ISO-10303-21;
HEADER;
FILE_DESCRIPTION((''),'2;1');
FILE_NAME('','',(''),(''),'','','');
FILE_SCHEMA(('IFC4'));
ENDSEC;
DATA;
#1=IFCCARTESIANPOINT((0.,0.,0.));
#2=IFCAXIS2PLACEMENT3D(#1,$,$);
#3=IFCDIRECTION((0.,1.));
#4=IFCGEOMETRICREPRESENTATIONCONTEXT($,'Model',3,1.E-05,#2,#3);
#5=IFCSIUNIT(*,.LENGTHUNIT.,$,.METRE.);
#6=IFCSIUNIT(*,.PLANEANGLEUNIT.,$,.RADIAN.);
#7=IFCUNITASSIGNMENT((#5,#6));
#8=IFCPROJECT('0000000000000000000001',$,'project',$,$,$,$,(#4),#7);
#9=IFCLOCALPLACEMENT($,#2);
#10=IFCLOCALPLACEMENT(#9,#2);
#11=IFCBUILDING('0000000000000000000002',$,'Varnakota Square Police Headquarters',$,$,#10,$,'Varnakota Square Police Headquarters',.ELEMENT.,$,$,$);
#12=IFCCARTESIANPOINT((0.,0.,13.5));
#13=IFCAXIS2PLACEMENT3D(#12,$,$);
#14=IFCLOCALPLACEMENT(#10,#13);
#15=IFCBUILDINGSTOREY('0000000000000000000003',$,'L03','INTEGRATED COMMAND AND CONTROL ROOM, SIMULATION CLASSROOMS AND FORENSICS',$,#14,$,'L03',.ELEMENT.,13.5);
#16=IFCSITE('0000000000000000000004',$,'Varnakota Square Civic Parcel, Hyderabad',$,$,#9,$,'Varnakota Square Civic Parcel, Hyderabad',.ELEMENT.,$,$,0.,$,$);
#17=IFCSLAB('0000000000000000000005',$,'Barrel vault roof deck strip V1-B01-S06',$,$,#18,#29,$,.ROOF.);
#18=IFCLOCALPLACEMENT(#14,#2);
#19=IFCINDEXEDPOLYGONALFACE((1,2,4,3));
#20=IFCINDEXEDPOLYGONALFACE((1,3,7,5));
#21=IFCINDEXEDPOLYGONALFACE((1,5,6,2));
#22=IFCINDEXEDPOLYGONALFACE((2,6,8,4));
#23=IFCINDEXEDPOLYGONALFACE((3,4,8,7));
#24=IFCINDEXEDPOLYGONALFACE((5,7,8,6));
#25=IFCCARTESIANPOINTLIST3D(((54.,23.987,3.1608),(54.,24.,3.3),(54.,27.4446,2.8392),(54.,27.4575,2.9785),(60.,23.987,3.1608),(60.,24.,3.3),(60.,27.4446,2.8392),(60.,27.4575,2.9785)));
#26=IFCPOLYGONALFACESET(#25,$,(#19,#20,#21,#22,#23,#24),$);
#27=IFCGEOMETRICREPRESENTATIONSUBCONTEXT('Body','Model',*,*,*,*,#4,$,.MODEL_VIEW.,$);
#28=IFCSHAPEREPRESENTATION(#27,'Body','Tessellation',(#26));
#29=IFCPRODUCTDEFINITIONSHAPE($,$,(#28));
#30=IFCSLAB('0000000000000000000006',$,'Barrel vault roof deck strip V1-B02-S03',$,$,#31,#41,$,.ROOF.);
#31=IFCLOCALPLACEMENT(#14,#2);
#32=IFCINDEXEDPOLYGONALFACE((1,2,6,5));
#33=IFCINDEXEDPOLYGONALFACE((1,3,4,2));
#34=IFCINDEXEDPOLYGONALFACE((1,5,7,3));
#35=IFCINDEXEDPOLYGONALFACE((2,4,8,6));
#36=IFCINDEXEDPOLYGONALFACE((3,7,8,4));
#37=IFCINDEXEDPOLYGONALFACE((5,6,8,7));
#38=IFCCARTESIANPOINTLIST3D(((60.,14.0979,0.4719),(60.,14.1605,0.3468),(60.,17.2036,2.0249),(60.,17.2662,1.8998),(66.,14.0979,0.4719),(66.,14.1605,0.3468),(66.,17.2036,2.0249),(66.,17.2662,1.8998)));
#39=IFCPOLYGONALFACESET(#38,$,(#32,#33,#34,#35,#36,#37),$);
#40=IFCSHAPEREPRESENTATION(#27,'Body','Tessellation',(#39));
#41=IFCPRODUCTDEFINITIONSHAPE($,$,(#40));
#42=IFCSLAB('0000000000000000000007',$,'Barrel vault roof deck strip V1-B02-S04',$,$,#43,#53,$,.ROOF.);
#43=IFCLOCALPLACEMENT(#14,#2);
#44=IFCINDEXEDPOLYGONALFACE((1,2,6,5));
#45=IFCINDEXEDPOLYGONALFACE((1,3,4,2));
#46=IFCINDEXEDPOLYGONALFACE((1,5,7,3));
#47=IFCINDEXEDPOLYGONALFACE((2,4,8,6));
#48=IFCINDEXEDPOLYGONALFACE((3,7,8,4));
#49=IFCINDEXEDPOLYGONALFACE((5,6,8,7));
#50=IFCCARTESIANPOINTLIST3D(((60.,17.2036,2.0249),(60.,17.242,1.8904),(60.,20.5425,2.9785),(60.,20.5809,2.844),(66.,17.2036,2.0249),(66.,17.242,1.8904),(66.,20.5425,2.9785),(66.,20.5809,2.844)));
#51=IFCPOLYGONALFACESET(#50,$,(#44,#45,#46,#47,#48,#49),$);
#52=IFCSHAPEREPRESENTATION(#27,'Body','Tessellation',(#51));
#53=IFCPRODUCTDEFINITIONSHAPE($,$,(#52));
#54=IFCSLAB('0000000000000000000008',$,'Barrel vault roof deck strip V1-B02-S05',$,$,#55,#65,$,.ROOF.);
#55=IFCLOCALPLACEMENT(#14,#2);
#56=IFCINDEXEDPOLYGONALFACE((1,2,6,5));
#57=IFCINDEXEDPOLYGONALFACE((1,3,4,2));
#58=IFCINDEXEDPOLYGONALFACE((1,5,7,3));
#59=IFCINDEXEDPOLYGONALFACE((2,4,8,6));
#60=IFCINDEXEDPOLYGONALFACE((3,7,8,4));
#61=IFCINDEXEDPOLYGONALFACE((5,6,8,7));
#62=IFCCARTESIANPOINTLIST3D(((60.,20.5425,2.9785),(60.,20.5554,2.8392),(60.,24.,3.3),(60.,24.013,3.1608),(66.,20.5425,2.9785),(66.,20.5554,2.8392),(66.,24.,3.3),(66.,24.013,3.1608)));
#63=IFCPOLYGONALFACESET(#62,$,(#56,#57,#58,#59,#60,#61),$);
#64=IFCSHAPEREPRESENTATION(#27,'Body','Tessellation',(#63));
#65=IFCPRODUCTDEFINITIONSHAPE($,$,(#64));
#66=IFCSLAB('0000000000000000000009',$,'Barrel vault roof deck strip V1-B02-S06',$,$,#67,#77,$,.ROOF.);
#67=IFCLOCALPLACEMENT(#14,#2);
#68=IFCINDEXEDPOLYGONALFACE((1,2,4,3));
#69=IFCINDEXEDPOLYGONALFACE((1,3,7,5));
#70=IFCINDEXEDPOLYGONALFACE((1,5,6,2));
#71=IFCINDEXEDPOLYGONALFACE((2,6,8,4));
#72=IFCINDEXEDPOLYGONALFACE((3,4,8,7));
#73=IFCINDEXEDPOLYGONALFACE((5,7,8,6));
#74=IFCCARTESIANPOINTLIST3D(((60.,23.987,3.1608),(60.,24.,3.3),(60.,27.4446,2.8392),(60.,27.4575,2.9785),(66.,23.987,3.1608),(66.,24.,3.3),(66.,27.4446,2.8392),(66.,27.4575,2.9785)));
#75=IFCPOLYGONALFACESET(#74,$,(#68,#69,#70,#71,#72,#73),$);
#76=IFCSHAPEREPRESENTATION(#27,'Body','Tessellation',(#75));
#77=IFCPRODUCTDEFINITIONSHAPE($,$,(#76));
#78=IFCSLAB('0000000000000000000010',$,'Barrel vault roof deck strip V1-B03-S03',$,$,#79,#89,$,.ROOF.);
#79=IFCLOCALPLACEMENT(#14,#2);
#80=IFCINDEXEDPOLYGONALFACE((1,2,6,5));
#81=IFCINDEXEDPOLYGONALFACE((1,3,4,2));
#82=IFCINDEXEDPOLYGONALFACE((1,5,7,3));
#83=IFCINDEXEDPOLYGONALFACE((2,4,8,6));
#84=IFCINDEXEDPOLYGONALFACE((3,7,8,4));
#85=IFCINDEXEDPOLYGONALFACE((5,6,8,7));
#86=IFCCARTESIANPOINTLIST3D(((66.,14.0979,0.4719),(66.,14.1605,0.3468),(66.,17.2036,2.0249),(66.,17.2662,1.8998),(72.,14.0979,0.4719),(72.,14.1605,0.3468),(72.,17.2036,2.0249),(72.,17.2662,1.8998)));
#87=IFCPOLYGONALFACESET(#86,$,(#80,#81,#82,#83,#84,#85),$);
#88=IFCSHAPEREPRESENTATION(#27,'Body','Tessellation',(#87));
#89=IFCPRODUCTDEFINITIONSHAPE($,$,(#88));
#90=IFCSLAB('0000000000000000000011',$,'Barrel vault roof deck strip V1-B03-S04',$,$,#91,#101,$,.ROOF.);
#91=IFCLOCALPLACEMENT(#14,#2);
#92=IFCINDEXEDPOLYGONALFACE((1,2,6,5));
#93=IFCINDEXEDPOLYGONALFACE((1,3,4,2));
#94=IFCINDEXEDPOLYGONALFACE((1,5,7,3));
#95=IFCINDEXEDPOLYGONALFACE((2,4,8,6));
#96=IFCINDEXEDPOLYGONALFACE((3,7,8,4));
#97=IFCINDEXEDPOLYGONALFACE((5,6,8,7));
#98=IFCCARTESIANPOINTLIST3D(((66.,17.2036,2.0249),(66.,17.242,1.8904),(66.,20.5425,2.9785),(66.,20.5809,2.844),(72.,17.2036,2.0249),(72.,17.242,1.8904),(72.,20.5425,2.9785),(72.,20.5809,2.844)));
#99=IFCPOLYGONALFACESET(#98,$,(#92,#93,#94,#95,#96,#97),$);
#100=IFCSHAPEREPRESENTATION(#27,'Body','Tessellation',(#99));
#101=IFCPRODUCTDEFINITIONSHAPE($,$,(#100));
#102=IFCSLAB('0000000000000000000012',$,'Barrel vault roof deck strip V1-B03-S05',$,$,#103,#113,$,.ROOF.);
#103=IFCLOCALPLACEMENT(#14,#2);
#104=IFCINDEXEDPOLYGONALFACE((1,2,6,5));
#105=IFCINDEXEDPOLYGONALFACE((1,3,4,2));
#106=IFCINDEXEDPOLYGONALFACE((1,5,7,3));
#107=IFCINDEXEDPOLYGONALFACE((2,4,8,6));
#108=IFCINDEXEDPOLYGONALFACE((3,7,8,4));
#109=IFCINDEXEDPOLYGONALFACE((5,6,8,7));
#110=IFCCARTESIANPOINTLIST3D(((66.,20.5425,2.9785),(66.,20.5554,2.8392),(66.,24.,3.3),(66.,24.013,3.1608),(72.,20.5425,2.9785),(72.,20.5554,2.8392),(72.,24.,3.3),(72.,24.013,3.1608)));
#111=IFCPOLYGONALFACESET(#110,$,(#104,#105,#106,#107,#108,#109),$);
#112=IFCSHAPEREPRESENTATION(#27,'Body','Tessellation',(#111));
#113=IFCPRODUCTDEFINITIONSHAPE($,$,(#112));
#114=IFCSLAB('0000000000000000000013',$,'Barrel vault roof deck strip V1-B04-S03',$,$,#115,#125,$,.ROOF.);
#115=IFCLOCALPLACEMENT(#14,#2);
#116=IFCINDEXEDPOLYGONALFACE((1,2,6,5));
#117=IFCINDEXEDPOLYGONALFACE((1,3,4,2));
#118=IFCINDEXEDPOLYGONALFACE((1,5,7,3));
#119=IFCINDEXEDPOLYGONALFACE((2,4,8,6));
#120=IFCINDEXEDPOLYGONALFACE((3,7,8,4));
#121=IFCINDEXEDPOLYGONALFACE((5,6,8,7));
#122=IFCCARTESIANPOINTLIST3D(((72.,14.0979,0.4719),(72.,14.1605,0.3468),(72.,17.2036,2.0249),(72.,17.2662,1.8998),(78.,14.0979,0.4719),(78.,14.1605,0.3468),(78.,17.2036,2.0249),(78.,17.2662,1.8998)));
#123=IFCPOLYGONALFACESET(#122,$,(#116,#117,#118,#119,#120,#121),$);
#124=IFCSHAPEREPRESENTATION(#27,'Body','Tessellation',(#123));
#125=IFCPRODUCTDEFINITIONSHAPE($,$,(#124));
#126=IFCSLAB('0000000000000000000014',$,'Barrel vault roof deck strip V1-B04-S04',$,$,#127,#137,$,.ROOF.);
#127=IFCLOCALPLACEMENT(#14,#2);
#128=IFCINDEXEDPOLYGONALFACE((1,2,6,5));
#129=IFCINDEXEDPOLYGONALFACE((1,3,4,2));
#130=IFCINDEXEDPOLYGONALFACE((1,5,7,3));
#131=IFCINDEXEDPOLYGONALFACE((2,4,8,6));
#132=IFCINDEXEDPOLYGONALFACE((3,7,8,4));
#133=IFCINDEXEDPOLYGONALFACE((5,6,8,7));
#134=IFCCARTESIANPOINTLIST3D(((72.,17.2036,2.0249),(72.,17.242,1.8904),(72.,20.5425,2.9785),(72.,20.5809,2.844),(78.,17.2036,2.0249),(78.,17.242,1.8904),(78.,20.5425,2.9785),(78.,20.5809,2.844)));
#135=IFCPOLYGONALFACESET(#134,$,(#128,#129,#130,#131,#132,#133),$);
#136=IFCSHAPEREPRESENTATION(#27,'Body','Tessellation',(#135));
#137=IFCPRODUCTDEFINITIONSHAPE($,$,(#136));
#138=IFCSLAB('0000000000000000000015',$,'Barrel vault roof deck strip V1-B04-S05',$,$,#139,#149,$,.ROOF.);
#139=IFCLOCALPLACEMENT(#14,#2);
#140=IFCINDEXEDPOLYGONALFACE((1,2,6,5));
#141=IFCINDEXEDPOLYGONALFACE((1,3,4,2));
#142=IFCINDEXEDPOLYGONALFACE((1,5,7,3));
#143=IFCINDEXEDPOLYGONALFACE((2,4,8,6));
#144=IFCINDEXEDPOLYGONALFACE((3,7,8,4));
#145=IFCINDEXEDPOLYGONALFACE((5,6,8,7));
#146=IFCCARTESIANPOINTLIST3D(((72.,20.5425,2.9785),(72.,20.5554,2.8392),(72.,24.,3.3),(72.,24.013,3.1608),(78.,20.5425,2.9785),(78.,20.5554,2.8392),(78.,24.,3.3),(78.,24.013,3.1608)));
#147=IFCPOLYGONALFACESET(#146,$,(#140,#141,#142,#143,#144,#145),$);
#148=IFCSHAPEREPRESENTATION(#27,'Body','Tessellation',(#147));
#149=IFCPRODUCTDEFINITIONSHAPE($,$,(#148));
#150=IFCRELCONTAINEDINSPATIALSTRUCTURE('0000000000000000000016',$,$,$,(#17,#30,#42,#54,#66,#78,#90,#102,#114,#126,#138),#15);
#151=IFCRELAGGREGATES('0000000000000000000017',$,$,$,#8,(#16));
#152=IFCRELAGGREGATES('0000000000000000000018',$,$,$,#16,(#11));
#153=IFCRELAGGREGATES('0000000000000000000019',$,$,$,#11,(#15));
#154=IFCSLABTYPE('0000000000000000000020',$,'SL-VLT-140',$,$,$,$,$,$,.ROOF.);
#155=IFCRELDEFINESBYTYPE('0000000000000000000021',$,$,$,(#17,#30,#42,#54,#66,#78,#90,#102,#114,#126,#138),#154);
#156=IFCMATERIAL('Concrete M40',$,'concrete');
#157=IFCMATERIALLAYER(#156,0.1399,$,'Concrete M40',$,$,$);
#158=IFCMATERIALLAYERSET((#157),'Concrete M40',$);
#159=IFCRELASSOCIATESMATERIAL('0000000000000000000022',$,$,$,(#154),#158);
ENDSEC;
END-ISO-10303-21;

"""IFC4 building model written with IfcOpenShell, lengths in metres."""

from ifc_helpers import new_model, si_unit, direction, frame, origin, place, context, subcontext, project, spatial, polyline, outline, extrude, material, layer, layer_set, type_object, element, save


model = new_model("IFC4")

# Units and contexts
model_context = context("Model", 3, precision=1e-05, world=origin(), true_north=direction((0.0, 1.0)))
body_context = subcontext(model_context, "Body", "Model", "MODEL_VIEW")
ifc_project = project(units=[si_unit("LENGTHUNIT", "METRE"), si_unit("PLANEANGLEUNIT", "RADIAN")], contexts=[model_context])

# Site, building, storey
site_placement = place(None, origin())
site = spatial("IfcSite", under=ifc_project, at=site_placement, Name="Varnakota Square Civic Parcel, Hyderabad", LongName="Varnakota Square Civic Parcel, Hyderabad", CompositionType="ELEMENT", RefElevation=0.0)
building_placement = place(site_placement, origin())
building = spatial("IfcBuilding", under=site, at=building_placement, Name="Varnakota Square Police Headquarters", LongName="Varnakota Square Police Headquarters", CompositionType="ELEMENT")
storey_placement = place(building_placement, frame((0.0, 0.0, 13.5)))
storey = spatial("IfcBuildingStorey", under=building, at=storey_placement, Name="L03", Description="INTEGRATED COMMAND AND CONTROL ROOM, SIMULATION CLASSROOMS AND FORENSICS", LongName="L03", CompositionType="ELEMENT", Elevation=13.5)

# Slabs
ifc_material_1 = material(Name="Concrete M40", Category="concrete")
ifc_layer = layer(ifc_material_1, 0.1399, Name="Concrete M40")
ifc_layer_set = layer_set([ifc_layer], Name="Concrete M40")
slab_type = type_object("IfcSlabType", Name="SL-VLT-140", PredefinedType="ROOF", material=ifc_layer_set)
slab_1_placement = place(storey_placement, frame((54.0, 24.0, 3.3), z_axis=(0.0, 0.092596, 0.995704), x_axis=(1.0, 0.0, 0.0)))
element("IfcSlab", 1, at=slab_1_placement, inside=storey, type_object=slab_type, Name="Barrel vault roof deck strip V1-B01-S06", PredefinedType="ROOF", context=body_context, shape_type="SweptSolid", body=[
    extrude(outline(polyline([(0.0, 0.0), (6.0, 0.0), (6.0, 3.4724), (0.0, 3.4724), (0.0, 0.0)])), origin(), (0.0, 0.0, -1.0), 0.1399),
])
slab_2_placement = place(storey_placement, frame((60.0, 14.0979, 0.4719), z_axis=(0.0, -0.447242, 0.894413), x_axis=(1.0, 0.0, 0.0)))
element("IfcSlab", 2, at=slab_2_placement, inside=storey, type_object=slab_type, Name="Barrel vault roof deck strip V1-B02-S03", PredefinedType="ROOF", context=body_context, shape_type="SweptSolid", body=[
    extrude(outline(polyline([(0.0, 0.0), (6.0, 0.0), (6.0, 3.4723), (0.0, 3.4723), (0.0, 0.0)])), origin(), (0.0, 0.0, -1.0), 0.1399),
])
slab_3_placement = place(storey_placement, frame((60.0, 17.2036, 2.0249), z_axis=(0.0, -0.274628, 0.96155), x_axis=(1.0, 0.0, 0.0)))
element("IfcSlab", 3, at=slab_3_placement, inside=storey, type_object=slab_type, Name="Barrel vault roof deck strip V1-B02-S04", PredefinedType="ROOF", context=body_context, shape_type="SweptSolid", body=[
    extrude(outline(polyline([(0.0, 0.0), (6.0, 0.0), (6.0, 3.4724), (0.0, 3.4724), (0.0, 0.0)])), origin(), (0.0, 0.0, -1.0), 0.1399),
])
for number, where, z_axis, x_axis, name in (
    (4, (60.0, 20.5425, 2.9785), (0.0, -0.092596, 0.995704), (1.0, 0.0, 0.0), "Barrel vault roof deck strip V1-B02-S05"),
    (5, (60.0, 24.0, 3.3), (0.0, 0.092596, 0.995704), (1.0, 0.0, 0.0), "Barrel vault roof deck strip V1-B02-S06"),
):
    element("IfcSlab", number, at=place(storey_placement, frame(where, z_axis=z_axis, x_axis=x_axis)), inside=storey, type_object=slab_type, Name=name, PredefinedType="ROOF", context=body_context, shape_type="SweptSolid", body=[
        extrude(outline(polyline([(0.0, 0.0), (6.0, 0.0), (6.0, 3.4724), (0.0, 3.4724), (0.0, 0.0)])), origin(), (0.0, 0.0, -1.0), 0.1399),
    ])
slab_4_placement = place(storey_placement, frame((66.0, 14.0979, 0.4719), z_axis=(0.0, -0.447242, 0.894413), x_axis=(1.0, 0.0, 0.0)))
element("IfcSlab", 6, at=slab_4_placement, inside=storey, type_object=slab_type, Name="Barrel vault roof deck strip V1-B03-S03", PredefinedType="ROOF", context=body_context, shape_type="SweptSolid", body=[
    extrude(outline(polyline([(0.0, 0.0), (6.0, 0.0), (6.0, 3.4723), (0.0, 3.4723), (0.0, 0.0)])), origin(), (0.0, 0.0, -1.0), 0.1399),
])
slab_5_placement = place(storey_placement, frame((66.0, 17.2036, 2.0249), z_axis=(0.0, -0.274628, 0.96155), x_axis=(1.0, 0.0, 0.0)))
element("IfcSlab", 7, at=slab_5_placement, inside=storey, type_object=slab_type, Name="Barrel vault roof deck strip V1-B03-S04", PredefinedType="ROOF", context=body_context, shape_type="SweptSolid", body=[
    extrude(outline(polyline([(0.0, 0.0), (6.0, 0.0), (6.0, 3.4724), (0.0, 3.4724), (0.0, 0.0)])), origin(), (0.0, 0.0, -1.0), 0.1399),
])
slab_6_placement = place(storey_placement, frame((66.0, 20.5425, 2.9785), z_axis=(0.0, -0.092596, 0.995704), x_axis=(1.0, 0.0, 0.0)))
element("IfcSlab", 8, at=slab_6_placement, inside=storey, type_object=slab_type, Name="Barrel vault roof deck strip V1-B03-S05", PredefinedType="ROOF", context=body_context, shape_type="SweptSolid", body=[
    extrude(outline(polyline([(0.0, 0.0), (6.0, 0.0), (6.0, 3.4724), (0.0, 3.4724), (0.0, 0.0)])), origin(), (0.0, 0.0, -1.0), 0.1399),
])
slab_7_placement = place(storey_placement, frame((72.0, 14.0979, 0.4719), z_axis=(0.0, -0.447242, 0.894413), x_axis=(1.0, 0.0, 0.0)))
element("IfcSlab", 9, at=slab_7_placement, inside=storey, type_object=slab_type, Name="Barrel vault roof deck strip V1-B04-S03", PredefinedType="ROOF", context=body_context, shape_type="SweptSolid", body=[
    extrude(outline(polyline([(0.0, 0.0), (6.0, 0.0), (6.0, 3.4723), (0.0, 3.4723), (0.0, 0.0)])), origin(), (0.0, 0.0, -1.0), 0.1399),
])
slab_8_placement = place(storey_placement, frame((72.0, 17.2036, 2.0249), z_axis=(0.0, -0.274628, 0.96155), x_axis=(1.0, 0.0, 0.0)))
element("IfcSlab", 10, at=slab_8_placement, inside=storey, type_object=slab_type, Name="Barrel vault roof deck strip V1-B04-S04", PredefinedType="ROOF", context=body_context, shape_type="SweptSolid", body=[
    extrude(outline(polyline([(0.0, 0.0), (6.0, 0.0), (6.0, 3.4724), (0.0, 3.4724), (0.0, 0.0)])), origin(), (0.0, 0.0, -1.0), 0.1399),
])
slab_9_placement = place(storey_placement, frame((72.0, 20.5425, 2.9785), z_axis=(0.0, -0.092596, 0.995704), x_axis=(1.0, 0.0, 0.0)))
element("IfcSlab", 11, at=slab_9_placement, inside=storey, type_object=slab_type, Name="Barrel vault roof deck strip V1-B04-S05", PredefinedType="ROOF", context=body_context, shape_type="SweptSolid", body=[
    extrude(outline(polyline([(0.0, 0.0), (6.0, 0.0), (6.0, 3.4724), (0.0, 3.4724), (0.0, 0.0)])), origin(), (0.0, 0.0, -1.0), 0.1399),
])

save(model, "model.ifc")
